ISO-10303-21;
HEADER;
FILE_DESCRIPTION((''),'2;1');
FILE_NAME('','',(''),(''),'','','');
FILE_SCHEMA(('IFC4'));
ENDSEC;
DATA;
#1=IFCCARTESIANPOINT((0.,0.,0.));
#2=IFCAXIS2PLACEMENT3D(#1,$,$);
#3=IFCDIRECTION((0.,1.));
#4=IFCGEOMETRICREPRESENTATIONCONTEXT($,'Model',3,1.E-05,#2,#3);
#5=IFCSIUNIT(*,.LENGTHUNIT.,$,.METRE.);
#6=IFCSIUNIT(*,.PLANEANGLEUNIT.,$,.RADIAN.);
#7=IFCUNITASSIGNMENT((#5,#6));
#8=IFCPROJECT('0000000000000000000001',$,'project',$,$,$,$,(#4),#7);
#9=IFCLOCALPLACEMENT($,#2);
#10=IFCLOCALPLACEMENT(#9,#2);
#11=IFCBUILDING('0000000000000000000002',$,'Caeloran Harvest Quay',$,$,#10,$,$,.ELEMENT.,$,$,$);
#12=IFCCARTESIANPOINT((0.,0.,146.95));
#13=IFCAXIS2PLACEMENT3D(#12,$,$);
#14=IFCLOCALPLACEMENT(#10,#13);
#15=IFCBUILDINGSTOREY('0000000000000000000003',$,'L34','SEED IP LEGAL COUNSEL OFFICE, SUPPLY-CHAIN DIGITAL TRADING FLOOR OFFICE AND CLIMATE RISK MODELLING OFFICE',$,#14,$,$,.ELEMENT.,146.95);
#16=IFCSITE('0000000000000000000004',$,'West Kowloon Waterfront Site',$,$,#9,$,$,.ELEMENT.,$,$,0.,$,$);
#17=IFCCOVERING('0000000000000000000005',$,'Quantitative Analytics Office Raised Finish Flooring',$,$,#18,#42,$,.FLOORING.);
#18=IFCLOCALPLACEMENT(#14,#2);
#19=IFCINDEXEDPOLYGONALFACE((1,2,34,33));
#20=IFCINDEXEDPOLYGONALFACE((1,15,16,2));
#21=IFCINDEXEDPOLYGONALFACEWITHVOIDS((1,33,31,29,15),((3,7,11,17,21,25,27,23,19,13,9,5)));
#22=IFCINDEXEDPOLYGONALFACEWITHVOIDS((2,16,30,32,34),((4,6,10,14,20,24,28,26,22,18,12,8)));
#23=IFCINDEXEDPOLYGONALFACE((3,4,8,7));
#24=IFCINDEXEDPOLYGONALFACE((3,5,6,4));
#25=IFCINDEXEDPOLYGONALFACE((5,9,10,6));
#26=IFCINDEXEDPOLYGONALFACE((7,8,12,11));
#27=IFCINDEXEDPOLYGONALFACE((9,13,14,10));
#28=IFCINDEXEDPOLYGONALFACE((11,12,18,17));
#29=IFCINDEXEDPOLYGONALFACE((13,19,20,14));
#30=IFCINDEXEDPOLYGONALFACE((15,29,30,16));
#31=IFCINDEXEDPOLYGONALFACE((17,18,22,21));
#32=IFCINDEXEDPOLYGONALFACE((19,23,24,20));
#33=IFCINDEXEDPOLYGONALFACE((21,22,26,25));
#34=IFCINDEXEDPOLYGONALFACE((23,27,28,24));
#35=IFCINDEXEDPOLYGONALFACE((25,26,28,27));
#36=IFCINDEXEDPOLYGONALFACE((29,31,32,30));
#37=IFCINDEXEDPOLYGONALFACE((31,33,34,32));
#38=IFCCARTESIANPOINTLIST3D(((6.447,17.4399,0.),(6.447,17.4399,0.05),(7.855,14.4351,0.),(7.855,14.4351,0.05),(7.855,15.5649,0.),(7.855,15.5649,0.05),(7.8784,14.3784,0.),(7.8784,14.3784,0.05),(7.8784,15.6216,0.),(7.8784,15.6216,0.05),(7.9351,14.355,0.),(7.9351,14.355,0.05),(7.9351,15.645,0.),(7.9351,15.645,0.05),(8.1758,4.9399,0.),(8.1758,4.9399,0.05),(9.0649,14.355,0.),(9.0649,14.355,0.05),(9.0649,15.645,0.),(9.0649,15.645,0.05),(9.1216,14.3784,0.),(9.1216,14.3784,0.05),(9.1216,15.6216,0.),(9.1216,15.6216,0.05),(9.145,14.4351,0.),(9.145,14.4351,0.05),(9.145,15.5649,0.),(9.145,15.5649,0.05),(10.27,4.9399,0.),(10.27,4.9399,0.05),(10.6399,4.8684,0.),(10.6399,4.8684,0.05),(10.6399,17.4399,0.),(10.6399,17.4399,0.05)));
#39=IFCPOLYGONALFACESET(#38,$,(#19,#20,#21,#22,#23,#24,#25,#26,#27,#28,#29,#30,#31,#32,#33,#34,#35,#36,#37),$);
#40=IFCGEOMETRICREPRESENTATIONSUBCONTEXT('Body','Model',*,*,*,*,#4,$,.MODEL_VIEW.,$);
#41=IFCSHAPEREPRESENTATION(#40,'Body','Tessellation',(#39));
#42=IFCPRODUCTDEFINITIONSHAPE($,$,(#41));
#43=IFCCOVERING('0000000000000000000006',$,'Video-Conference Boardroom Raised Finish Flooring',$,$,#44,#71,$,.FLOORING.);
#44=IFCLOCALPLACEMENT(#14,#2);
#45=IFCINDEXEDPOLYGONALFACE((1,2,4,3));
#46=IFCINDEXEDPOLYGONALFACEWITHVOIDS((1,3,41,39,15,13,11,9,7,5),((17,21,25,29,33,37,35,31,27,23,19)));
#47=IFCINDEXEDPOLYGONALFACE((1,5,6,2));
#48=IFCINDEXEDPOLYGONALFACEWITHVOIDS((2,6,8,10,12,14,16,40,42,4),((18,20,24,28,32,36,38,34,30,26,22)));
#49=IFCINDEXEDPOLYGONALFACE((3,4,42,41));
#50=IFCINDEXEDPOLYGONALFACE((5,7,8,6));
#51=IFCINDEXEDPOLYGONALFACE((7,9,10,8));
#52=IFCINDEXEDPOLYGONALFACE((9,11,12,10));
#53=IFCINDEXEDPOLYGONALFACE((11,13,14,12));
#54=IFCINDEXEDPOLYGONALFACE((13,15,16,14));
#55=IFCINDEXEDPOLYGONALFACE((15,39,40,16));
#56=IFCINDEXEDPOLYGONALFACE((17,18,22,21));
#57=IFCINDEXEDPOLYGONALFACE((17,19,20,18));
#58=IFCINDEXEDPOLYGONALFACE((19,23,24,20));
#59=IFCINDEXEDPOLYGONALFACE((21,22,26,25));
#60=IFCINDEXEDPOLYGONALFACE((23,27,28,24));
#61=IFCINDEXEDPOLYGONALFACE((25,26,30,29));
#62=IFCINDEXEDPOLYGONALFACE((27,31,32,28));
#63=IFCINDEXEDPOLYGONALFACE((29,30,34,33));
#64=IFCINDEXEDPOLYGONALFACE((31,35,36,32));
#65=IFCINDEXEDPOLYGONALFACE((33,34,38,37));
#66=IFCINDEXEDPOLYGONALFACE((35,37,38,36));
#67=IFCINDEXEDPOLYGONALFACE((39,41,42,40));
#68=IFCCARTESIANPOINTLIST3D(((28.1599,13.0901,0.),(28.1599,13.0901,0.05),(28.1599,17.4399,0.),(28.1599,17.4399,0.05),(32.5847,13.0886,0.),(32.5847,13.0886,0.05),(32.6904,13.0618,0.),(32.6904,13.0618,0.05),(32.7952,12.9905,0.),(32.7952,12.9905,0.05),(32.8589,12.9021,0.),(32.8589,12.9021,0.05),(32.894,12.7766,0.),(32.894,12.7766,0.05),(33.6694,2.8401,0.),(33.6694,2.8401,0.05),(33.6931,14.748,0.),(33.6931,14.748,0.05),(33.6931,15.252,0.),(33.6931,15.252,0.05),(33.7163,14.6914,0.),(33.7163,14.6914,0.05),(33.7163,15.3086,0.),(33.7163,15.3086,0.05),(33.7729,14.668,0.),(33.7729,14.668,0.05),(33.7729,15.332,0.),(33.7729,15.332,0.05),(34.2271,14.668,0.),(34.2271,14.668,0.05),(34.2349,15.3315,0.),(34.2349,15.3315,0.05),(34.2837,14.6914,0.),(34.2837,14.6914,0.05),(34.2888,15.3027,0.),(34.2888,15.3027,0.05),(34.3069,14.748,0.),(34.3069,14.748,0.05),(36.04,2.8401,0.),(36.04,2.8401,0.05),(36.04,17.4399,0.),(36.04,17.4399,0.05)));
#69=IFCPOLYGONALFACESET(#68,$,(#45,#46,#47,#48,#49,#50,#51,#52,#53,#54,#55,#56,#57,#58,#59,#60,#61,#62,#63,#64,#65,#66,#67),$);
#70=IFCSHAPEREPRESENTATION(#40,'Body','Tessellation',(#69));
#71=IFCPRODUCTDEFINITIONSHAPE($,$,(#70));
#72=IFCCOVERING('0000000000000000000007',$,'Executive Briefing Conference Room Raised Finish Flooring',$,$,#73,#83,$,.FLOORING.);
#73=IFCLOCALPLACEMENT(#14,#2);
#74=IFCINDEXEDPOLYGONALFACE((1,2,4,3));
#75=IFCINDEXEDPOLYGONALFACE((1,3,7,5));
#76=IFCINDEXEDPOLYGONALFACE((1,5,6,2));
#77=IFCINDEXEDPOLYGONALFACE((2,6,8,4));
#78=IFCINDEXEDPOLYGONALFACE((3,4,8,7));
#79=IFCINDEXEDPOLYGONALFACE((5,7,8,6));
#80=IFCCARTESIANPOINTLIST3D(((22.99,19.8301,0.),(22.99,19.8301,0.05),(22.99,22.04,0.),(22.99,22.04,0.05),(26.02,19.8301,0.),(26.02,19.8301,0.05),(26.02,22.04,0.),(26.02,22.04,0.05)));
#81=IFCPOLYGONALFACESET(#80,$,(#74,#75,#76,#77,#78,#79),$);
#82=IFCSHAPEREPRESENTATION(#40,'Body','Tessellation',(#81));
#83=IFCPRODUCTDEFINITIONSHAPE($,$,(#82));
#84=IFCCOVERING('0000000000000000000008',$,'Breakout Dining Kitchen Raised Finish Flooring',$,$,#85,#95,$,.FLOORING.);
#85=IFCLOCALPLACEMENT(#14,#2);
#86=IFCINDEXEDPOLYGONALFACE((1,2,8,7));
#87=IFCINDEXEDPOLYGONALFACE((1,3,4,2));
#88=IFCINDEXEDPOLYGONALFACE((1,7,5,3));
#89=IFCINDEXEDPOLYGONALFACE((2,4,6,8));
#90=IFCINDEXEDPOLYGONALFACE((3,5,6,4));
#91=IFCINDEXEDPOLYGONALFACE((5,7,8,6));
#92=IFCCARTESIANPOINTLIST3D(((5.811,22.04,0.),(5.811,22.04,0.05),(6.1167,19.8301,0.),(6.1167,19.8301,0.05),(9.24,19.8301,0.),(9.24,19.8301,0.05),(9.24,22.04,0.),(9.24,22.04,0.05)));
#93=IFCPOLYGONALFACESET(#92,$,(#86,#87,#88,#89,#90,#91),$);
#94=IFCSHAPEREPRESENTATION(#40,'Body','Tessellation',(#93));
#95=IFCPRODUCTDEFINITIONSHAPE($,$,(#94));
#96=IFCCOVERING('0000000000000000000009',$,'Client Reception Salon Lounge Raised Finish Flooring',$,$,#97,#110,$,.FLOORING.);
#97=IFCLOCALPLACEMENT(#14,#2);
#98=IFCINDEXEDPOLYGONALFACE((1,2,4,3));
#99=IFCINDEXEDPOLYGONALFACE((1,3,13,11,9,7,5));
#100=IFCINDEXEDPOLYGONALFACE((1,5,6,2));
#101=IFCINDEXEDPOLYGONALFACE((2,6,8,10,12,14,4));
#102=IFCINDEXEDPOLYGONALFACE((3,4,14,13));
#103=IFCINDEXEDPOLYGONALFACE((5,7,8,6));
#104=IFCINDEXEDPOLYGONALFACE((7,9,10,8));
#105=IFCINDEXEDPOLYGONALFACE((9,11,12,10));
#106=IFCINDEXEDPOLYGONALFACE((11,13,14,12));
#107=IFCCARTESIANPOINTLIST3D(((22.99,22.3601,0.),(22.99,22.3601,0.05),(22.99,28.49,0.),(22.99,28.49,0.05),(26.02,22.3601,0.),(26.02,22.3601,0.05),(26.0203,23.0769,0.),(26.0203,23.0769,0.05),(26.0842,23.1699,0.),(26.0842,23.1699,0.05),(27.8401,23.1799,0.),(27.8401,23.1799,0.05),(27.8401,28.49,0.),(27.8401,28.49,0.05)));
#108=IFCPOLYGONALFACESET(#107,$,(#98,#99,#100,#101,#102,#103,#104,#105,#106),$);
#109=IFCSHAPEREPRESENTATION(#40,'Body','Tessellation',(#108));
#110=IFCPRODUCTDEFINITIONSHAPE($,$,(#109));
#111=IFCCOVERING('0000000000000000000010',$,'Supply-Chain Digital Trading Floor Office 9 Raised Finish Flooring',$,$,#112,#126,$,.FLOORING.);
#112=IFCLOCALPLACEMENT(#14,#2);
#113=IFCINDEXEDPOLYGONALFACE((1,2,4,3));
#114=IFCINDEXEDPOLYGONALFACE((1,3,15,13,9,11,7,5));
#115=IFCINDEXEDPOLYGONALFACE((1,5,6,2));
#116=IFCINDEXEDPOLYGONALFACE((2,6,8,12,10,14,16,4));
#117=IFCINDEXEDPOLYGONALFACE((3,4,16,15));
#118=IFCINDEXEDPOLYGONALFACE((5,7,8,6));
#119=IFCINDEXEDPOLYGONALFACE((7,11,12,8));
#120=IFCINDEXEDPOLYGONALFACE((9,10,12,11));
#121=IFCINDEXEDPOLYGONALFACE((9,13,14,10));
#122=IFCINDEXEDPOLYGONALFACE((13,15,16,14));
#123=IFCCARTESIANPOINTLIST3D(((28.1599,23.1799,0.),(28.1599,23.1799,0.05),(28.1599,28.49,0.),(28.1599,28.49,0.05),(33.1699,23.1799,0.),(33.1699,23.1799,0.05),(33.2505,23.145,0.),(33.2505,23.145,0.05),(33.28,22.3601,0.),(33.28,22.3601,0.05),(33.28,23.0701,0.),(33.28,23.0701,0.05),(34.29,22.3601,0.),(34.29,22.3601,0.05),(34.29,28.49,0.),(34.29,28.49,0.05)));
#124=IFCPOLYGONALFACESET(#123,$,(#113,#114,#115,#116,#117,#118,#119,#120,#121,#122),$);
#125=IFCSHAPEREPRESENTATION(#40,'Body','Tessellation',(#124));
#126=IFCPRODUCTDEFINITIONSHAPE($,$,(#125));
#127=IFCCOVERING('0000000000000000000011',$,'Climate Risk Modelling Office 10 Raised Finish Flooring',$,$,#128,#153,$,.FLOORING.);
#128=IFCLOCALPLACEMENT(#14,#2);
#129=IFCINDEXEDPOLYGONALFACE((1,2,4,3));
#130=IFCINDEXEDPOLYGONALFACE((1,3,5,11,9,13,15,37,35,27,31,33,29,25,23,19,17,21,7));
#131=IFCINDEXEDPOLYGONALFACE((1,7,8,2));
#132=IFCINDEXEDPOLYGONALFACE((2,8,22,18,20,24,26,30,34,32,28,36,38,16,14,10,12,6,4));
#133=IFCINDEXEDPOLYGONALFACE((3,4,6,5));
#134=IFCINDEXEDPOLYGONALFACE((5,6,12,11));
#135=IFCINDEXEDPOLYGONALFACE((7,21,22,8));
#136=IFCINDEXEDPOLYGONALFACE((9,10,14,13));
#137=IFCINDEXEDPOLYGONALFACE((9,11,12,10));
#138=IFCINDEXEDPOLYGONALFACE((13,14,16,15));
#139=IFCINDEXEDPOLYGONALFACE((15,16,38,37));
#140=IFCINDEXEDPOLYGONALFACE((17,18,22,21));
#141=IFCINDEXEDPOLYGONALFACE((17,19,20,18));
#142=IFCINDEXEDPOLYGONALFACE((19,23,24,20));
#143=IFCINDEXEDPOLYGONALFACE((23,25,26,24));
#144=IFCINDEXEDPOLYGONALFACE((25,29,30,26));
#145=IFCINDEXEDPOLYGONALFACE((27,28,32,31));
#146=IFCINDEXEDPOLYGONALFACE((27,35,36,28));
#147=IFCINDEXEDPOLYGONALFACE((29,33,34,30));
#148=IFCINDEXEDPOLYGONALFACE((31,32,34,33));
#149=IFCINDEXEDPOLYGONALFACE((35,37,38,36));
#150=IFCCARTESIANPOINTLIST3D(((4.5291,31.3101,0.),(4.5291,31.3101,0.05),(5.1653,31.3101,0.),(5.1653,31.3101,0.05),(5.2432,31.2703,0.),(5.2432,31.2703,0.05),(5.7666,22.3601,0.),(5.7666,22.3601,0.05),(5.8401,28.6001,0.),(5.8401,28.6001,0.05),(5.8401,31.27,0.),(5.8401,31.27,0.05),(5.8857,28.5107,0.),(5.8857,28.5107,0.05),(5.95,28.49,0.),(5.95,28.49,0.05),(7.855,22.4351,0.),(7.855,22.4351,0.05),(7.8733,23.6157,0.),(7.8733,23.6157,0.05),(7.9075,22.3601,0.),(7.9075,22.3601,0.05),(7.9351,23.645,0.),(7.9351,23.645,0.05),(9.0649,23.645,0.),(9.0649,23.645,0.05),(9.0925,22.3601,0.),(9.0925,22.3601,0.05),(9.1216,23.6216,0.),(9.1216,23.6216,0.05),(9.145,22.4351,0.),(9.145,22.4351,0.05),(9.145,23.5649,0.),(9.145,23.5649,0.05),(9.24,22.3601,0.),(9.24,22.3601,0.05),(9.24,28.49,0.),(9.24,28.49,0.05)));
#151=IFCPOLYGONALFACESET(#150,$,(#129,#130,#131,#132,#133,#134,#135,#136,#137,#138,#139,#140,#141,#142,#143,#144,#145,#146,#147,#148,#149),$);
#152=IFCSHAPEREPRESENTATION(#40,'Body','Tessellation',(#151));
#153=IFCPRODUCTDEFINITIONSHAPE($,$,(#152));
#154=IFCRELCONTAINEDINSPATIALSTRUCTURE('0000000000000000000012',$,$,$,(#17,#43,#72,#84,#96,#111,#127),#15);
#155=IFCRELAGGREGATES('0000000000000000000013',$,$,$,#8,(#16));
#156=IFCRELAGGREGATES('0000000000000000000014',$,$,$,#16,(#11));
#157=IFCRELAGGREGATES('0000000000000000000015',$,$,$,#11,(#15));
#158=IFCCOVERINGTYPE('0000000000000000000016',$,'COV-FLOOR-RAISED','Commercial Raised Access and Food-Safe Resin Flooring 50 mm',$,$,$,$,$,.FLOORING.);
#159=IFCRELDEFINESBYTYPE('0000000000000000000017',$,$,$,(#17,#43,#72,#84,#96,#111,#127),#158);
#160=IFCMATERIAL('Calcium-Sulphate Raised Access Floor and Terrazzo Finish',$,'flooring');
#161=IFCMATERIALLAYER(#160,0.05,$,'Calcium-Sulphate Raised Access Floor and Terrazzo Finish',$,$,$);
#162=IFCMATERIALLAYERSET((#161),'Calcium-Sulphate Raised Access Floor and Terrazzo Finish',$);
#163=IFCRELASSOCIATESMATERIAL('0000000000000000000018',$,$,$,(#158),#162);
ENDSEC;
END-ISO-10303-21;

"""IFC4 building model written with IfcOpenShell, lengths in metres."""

from ifc_helpers import new_model, si_unit, direction, frame, origin, place, context, subcontext, project, spatial, polyline, outline, extrude, material, layer, layer_set, type_object, element, save


model = new_model("IFC4")

# Units and contexts
model_context = context("Model", 3, precision=1e-05, world=origin(), true_north=direction((0.0, 1.0)))
body_context = subcontext(model_context, "Body", "Model", "MODEL_VIEW")
ifc_project = project(units=[si_unit("LENGTHUNIT", "METRE"), si_unit("PLANEANGLEUNIT", "RADIAN")], contexts=[model_context])

# Site, building, storey
site_placement = place(None, origin())
site = spatial("IfcSite", under=ifc_project, at=site_placement, Name="West Kowloon Waterfront Site", CompositionType="ELEMENT", RefElevation=0.0)
building_placement = place(site_placement, origin())
building = spatial("IfcBuilding", under=site, at=building_placement, Name="Caeloran Harvest Quay", CompositionType="ELEMENT")
storey_placement = place(building_placement, frame((0.0, 0.0, 146.95)))
storey = spatial("IfcBuildingStorey", under=building, at=storey_placement, Name="L34", Description="SEED IP LEGAL COUNSEL OFFICE, SUPPLY-CHAIN DIGITAL TRADING FLOOR OFFICE AND CLIMATE RISK MODELLING OFFICE", CompositionType="ELEMENT", Elevation=146.95)

# Coverings
ifc_material_1 = material(Name="Calcium-Sulphate Raised Access Floor and Terrazzo Finish", Category="flooring")
ifc_layer_1 = layer(ifc_material_1, 0.05, Name="Calcium-Sulphate Raised Access Floor and Terrazzo Finish")
ifc_layer_set_1 = layer_set([ifc_layer_1], Name="Calcium-Sulphate Raised Access Floor and Terrazzo Finish")
covering_type_1 = type_object("IfcCoveringType", Name="COV-FLOOR-RAISED", Description="Commercial Raised Access and Food-Safe Resin Flooring 50 mm", PredefinedType="FLOORING", material=ifc_layer_set_1)
covering_1_placement = place(storey_placement, origin())
element("IfcCovering", 1, at=covering_1_placement, inside=storey, type_object=covering_type_1, Name="Quantitative Analytics Office Raised Finish Flooring", PredefinedType="FLOORING", context=body_context, shape_type="SweptSolid", body=[
    extrude(outline(polyline([(10.6399, 4.8684), (10.27, 4.9399), (8.1758, 4.9399), (6.447, 17.4399), (10.6399, 17.4399), (10.6399, 4.8684)]), holes=[polyline([(7.9351, 15.645), (7.8784, 15.6216), (7.855, 15.5649), (7.855, 14.4351), (7.8784, 14.3784), (7.9351, 14.355), (9.0649, 14.355), (9.1216, 14.3784), (9.145, 14.4351), (9.145, 15.5649), (9.1216, 15.6216), (9.0649, 15.645), (7.9351, 15.645)])]), origin(), (0.0, 0.0, 1.0), 0.05),
])
covering_2_placement = place(storey_placement, origin())
element("IfcCovering", 2, at=covering_2_placement, inside=storey, type_object=covering_type_1, Name="Video-Conference Boardroom Raised Finish Flooring", PredefinedType="FLOORING", context=body_context, shape_type="SweptSolid", body=[
    extrude(outline(polyline([(32.894, 12.7766), (32.8589, 12.9021), (32.7952, 12.9905), (32.6904, 13.0618), (32.5847, 13.0886), (28.1599, 13.0901), (28.1599, 17.4399), (36.04, 17.4399), (36.04, 2.8401), (33.6694, 2.8401), (32.894, 12.7766)]), holes=[polyline([(34.3069, 14.748), (34.2888, 15.3027), (34.2349, 15.3315), (33.7729, 15.332), (33.7163, 15.3086), (33.6931, 15.252), (33.6931, 14.748), (33.7163, 14.6914), (33.7729, 14.668), (34.2271, 14.668), (34.2837, 14.6914), (34.3069, 14.748)])]), origin(), (0.0, 0.0, 1.0), 0.05),
])
covering_3_placement = place(storey_placement, origin())
element("IfcCovering", 3, at=covering_3_placement, inside=storey, type_object=covering_type_1, Name="Executive Briefing Conference Room Raised Finish Flooring", PredefinedType="FLOORING", context=body_context, shape_type="SweptSolid", body=[
    extrude(outline(polyline([(26.02, 22.04), (26.02, 19.8301), (22.99, 19.8301), (22.99, 22.04), (26.02, 22.04)])), origin(), (0.0, 0.0, 1.0), 0.05),
])
covering_4_placement = place(storey_placement, origin())
element("IfcCovering", 4, at=covering_4_placement, inside=storey, type_object=covering_type_1, Name="Breakout Dining Kitchen Raised Finish Flooring", PredefinedType="FLOORING", context=body_context, shape_type="SweptSolid", body=[
    extrude(outline(polyline([(5.811, 22.04), (9.24, 22.04), (9.24, 19.8301), (6.1167, 19.8301), (5.811, 22.04)])), origin(), (0.0, 0.0, 1.0), 0.05),
])
covering_5_placement = place(storey_placement, origin())
element("IfcCovering", 5, at=covering_5_placement, inside=storey, type_object=covering_type_1, Name="Client Reception Salon Lounge Raised Finish Flooring", PredefinedType="FLOORING", context=body_context, shape_type="SweptSolid", body=[
    extrude(outline(polyline([(22.99, 28.49), (27.8401, 28.49), (27.8401, 23.1799), (26.0842, 23.1699), (26.0203, 23.0769), (26.02, 22.3601), (22.99, 22.3601), (22.99, 28.49)])), origin(), (0.0, 0.0, 1.0), 0.05),
])
covering_6_placement = place(storey_placement, origin())
element("IfcCovering", 6, at=covering_6_placement, inside=storey, type_object=covering_type_1, Name="Supply-Chain Digital Trading Floor Office 9 Raised Finish Flooring", PredefinedType="FLOORING", context=body_context, shape_type="SweptSolid", body=[
    extrude(outline(polyline([(33.28, 23.0701), (33.2505, 23.145), (33.1699, 23.1799), (28.1599, 23.1799), (28.1599, 28.49), (34.29, 28.49), (34.29, 22.3601), (33.28, 22.3601), (33.28, 23.0701)])), origin(), (0.0, 0.0, 1.0), 0.05),
])
covering_7_placement = place(storey_placement, origin())
element("IfcCovering", 7, at=covering_7_placement, inside=storey, type_object=covering_type_1, Name="Climate Risk Modelling Office 10 Raised Finish Flooring", PredefinedType="FLOORING", context=body_context, shape_type="SweptSolid", body=[
    extrude(outline(polyline([(5.1653, 31.3101), (5.2432, 31.2703), (5.8401, 31.27), (5.8401, 28.6001), (5.8857, 28.5107), (5.95, 28.49), (9.24, 28.49), (9.24, 22.3601), (9.0925, 22.3601), (9.145, 22.4351), (9.145, 23.5649), (9.1216, 23.6216), (9.0649, 23.645), (7.9351, 23.645), (7.8733, 23.6157), (7.855, 22.4351), (7.9075, 22.3601), (5.7666, 22.3601), (4.5291, 31.3101), (5.1653, 31.3101)])), origin(), (0.0, 0.0, 1.0), 0.05),
])

save(model, "model.ifc")
